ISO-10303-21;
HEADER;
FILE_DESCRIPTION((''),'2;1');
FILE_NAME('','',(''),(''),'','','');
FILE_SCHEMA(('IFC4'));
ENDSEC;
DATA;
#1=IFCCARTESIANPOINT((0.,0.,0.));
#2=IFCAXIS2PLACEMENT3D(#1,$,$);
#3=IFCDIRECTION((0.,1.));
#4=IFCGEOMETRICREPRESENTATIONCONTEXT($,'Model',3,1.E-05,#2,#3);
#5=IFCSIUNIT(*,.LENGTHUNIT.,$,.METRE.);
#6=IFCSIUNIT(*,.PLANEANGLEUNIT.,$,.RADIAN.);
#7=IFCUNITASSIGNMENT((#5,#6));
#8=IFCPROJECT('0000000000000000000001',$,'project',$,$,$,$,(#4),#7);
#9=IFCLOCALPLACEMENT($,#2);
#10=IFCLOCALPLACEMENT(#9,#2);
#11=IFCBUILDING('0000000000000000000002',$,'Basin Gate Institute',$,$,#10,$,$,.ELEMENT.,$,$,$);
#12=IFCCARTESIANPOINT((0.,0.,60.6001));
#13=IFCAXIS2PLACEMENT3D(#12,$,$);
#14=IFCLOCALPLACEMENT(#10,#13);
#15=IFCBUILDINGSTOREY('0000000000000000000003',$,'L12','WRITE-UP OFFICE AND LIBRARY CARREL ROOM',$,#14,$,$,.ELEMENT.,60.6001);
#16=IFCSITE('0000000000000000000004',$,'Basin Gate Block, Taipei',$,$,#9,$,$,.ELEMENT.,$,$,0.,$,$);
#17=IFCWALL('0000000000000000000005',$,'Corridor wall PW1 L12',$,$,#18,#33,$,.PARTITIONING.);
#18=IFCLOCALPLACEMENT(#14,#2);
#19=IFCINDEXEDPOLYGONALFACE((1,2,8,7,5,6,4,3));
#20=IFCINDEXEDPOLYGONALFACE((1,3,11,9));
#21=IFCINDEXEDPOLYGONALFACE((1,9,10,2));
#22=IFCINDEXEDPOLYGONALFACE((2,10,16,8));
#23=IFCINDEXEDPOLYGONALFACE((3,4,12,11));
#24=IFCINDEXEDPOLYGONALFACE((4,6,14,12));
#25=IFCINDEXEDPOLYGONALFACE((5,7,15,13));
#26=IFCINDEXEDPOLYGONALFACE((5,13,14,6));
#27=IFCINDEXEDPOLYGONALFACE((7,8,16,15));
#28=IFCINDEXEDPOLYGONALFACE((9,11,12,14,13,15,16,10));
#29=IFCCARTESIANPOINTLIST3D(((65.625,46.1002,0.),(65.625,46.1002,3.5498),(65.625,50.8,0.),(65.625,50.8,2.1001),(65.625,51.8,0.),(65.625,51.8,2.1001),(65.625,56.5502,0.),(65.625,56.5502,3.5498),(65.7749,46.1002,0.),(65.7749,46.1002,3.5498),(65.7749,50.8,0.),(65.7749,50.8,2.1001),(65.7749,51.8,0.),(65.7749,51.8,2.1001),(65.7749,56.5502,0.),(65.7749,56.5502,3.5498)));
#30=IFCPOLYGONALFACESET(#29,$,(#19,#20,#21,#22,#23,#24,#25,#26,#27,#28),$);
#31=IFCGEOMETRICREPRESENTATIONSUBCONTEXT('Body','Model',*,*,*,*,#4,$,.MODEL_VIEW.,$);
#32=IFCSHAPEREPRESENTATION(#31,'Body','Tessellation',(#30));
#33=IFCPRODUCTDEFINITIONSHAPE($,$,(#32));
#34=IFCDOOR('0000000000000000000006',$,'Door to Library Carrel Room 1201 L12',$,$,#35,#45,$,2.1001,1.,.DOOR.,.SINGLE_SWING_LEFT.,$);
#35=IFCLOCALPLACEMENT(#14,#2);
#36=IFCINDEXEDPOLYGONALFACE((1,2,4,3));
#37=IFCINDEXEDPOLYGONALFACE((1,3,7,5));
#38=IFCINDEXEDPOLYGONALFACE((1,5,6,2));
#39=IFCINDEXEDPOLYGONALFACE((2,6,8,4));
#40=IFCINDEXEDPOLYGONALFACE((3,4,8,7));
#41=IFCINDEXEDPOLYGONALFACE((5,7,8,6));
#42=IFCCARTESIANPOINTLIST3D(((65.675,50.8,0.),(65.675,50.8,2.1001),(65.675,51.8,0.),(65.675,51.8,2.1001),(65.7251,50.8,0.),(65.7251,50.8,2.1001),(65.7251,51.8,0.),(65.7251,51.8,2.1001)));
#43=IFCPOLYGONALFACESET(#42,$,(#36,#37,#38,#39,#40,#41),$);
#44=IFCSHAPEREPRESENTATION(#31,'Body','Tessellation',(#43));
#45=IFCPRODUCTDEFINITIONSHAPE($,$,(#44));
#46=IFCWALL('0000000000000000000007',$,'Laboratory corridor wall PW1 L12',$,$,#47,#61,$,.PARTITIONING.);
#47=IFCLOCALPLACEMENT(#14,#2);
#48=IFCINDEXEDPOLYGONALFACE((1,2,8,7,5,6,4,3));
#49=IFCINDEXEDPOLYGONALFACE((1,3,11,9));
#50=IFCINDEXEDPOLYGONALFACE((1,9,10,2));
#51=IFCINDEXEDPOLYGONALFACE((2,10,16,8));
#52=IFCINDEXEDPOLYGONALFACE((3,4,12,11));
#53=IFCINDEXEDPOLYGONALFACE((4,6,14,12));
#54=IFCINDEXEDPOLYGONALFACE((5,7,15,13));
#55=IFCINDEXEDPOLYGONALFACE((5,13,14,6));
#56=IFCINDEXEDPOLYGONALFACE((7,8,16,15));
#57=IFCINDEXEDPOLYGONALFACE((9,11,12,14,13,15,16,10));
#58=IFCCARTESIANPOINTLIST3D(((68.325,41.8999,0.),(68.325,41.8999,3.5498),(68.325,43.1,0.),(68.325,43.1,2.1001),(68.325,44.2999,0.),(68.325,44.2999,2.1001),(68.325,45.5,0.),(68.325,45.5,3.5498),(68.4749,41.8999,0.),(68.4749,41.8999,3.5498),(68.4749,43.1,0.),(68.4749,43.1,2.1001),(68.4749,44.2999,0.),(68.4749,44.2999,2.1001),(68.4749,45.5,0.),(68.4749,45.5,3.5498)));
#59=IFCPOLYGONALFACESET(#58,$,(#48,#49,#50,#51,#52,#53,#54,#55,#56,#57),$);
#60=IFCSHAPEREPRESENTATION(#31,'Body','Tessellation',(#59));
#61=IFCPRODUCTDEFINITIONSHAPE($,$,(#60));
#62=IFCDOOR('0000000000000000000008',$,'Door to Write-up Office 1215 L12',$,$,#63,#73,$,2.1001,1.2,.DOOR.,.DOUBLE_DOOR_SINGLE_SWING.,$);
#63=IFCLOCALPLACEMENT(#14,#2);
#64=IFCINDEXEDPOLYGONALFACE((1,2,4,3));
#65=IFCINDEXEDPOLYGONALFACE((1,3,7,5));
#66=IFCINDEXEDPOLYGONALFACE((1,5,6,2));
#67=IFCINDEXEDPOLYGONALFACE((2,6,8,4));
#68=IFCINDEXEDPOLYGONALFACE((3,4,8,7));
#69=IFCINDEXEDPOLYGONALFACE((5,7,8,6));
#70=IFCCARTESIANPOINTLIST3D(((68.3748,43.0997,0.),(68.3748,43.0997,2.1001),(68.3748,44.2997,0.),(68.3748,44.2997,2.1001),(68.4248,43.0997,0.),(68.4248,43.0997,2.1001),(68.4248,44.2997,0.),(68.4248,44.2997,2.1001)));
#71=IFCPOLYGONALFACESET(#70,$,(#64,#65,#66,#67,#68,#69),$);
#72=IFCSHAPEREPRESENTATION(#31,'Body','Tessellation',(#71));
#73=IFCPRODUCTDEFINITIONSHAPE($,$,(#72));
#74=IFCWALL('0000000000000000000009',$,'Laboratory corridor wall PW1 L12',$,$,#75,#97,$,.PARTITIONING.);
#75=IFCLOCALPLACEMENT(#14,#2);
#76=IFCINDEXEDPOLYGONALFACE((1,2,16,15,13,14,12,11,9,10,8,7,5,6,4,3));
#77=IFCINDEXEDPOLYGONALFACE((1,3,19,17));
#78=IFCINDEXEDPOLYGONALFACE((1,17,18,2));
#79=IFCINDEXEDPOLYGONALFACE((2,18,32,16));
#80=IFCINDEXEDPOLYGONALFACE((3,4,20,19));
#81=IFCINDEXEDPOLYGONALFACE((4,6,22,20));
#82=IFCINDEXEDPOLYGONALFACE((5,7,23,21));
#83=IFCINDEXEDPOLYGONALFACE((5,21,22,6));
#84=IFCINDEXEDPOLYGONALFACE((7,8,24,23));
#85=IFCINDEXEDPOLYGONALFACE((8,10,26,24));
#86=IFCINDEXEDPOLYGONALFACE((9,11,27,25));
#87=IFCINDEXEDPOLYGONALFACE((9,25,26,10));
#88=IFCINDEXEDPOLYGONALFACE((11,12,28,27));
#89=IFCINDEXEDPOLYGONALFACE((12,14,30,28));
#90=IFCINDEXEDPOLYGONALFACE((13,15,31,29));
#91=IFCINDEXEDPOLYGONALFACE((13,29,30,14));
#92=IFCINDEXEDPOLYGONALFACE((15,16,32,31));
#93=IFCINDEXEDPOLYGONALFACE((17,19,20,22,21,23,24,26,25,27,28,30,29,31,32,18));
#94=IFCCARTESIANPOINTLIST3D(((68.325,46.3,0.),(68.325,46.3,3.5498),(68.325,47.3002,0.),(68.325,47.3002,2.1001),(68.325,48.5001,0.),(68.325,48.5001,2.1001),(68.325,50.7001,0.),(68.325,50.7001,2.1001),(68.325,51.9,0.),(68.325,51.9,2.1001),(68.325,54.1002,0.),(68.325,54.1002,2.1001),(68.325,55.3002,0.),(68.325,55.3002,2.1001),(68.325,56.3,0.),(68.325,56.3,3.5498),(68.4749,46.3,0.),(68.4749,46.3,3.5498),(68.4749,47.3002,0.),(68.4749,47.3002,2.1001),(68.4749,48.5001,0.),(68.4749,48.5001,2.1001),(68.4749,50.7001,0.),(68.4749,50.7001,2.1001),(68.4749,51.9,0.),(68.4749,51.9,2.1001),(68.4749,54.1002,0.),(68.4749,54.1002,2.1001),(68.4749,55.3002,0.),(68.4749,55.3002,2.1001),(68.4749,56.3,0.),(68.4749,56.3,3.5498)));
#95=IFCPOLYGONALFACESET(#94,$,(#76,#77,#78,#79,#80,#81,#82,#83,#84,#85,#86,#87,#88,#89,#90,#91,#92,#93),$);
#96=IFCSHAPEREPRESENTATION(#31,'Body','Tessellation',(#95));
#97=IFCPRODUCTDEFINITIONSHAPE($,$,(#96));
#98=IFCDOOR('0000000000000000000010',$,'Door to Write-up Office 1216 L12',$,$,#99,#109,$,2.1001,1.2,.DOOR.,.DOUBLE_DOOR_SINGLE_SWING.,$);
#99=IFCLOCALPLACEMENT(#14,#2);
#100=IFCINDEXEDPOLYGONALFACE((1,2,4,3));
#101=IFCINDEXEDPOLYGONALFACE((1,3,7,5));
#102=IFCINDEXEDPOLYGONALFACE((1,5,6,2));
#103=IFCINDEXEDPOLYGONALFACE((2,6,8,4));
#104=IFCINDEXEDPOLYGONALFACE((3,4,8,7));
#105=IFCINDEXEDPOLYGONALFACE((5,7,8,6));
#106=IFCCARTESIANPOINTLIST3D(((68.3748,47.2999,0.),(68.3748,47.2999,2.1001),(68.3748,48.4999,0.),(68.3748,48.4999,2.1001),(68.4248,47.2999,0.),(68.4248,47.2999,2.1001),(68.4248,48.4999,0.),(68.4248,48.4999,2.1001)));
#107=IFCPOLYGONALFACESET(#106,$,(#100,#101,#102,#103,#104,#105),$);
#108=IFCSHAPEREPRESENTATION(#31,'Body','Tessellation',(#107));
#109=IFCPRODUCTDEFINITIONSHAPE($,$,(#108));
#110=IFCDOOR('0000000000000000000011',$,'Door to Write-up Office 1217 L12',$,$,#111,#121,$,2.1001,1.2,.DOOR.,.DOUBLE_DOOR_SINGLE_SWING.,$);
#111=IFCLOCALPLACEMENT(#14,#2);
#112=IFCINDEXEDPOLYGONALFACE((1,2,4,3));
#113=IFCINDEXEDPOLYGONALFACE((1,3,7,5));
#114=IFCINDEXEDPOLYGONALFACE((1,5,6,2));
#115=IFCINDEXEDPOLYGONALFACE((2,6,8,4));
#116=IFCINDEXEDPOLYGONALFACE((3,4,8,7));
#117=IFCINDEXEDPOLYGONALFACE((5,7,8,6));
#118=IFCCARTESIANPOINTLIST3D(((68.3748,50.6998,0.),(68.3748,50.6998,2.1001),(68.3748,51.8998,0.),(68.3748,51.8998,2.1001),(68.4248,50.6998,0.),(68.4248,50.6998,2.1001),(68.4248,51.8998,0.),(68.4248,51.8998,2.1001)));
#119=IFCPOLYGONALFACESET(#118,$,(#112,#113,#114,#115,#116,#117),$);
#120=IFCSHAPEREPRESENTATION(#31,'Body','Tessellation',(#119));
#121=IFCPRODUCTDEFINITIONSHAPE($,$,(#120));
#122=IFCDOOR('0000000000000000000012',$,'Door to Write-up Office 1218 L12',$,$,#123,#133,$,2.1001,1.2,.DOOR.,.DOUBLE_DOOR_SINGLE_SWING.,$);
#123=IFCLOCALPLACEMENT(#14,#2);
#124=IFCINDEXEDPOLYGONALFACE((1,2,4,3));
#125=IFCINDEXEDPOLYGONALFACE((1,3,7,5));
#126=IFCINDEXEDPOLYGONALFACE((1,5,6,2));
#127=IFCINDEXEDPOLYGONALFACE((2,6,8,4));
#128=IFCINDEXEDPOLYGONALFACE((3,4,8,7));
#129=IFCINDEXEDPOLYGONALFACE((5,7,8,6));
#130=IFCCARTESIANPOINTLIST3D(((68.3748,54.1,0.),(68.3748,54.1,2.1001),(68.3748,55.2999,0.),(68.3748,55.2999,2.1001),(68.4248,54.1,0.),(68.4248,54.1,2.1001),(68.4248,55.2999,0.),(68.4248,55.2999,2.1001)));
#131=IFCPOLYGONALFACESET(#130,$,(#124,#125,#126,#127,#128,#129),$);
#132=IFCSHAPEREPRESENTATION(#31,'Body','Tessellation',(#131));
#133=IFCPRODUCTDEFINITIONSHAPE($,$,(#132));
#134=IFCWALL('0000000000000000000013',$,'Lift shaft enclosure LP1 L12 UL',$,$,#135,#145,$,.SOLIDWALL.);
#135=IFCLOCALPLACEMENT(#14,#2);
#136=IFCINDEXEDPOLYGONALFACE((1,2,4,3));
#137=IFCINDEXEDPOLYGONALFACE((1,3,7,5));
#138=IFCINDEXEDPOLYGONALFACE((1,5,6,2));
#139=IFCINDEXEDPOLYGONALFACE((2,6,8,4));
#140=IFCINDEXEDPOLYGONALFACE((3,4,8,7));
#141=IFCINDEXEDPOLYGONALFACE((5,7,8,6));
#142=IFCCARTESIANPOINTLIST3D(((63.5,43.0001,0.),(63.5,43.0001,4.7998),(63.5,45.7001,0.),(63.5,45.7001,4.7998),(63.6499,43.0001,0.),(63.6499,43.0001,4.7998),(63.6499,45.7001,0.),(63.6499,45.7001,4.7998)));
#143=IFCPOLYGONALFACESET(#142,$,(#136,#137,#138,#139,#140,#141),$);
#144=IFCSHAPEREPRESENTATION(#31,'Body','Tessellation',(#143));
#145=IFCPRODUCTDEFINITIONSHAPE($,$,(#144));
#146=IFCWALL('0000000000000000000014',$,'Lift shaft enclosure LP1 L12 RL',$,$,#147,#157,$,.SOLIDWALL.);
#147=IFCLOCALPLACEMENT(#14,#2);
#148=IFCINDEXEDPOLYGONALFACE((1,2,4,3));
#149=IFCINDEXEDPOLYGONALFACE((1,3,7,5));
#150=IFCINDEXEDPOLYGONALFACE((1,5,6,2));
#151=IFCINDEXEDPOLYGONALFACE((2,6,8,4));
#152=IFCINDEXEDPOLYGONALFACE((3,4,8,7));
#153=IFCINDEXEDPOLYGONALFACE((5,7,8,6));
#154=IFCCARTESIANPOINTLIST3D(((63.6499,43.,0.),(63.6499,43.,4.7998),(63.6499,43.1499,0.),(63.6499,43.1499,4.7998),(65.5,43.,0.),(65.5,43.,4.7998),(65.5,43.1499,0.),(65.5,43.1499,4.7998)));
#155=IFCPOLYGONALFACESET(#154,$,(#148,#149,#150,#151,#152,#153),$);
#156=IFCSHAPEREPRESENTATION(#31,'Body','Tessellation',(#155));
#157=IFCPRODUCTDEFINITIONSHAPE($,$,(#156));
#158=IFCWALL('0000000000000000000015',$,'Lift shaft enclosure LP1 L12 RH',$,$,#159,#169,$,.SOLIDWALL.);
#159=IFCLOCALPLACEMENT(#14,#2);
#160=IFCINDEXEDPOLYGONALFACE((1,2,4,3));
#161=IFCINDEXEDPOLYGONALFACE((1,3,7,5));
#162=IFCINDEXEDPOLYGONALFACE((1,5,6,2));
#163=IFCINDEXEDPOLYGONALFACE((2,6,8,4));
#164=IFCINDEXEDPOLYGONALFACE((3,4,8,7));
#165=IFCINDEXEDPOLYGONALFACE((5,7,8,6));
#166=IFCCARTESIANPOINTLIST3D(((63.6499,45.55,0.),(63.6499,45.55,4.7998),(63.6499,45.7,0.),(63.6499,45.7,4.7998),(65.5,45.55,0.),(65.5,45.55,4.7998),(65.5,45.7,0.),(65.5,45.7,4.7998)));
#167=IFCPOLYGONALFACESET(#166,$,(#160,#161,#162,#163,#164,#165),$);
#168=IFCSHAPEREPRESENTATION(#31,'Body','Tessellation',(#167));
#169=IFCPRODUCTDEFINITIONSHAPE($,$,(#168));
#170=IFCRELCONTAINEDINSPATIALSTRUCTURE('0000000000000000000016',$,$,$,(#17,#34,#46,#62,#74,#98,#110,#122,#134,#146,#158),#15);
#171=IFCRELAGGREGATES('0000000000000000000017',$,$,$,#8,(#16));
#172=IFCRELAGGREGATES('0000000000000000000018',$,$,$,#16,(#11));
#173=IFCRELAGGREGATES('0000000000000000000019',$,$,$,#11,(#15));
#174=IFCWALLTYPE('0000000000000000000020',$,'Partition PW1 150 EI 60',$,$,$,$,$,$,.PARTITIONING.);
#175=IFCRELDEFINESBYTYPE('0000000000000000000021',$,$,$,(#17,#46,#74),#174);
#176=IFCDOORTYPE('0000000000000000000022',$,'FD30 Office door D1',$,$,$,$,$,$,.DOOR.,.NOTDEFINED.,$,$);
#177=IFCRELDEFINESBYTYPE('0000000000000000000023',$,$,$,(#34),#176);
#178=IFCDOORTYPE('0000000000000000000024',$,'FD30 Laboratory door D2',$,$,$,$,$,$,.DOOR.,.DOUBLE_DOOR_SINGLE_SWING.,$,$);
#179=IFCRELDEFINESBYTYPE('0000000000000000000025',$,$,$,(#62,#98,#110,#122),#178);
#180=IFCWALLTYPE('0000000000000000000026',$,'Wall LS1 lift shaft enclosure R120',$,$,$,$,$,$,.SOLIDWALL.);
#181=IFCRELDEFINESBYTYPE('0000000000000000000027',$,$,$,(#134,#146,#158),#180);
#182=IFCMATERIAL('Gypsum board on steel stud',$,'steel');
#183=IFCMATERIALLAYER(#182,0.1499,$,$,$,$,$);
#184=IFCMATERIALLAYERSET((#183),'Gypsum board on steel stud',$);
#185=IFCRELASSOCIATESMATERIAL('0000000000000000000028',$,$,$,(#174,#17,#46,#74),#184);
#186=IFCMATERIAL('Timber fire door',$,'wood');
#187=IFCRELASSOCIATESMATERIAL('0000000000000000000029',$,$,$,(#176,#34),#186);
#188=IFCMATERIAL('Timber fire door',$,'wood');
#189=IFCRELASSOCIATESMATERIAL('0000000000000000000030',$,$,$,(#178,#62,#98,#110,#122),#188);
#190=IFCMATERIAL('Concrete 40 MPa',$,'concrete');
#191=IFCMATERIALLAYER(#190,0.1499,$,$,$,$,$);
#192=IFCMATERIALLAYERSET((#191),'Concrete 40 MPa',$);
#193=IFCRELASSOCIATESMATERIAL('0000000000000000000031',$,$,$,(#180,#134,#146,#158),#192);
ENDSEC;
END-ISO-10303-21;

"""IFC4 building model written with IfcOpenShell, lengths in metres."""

from ifc_helpers import new_model, si_unit, direction, frame, frame_2d, origin, place, context, subcontext, project, spatial, rectangle, extrude, material, layer, layer_set, type_object, element, fill, save


model = new_model("IFC4")

# Units and contexts
model_context = context("Model", 3, precision=1e-05, world=origin(), true_north=direction((0.0, 1.0)))
body_context = subcontext(model_context, "Body", "Model", "MODEL_VIEW")
ifc_project = project(units=[si_unit("LENGTHUNIT", "METRE"), si_unit("PLANEANGLEUNIT", "RADIAN")], contexts=[model_context])

# Site, building, storey
site_placement = place(None, origin())
site = spatial("IfcSite", under=ifc_project, at=site_placement, Name="Basin Gate Block, Taipei", CompositionType="ELEMENT", RefElevation=0.0)
building_placement = place(site_placement, origin())
building = spatial("IfcBuilding", under=site, at=building_placement, Name="Basin Gate Institute", CompositionType="ELEMENT")
storey_placement = place(building_placement, frame((0.0, 0.0, 60.6001)))
storey = spatial("IfcBuildingStorey", under=building, at=storey_placement, Name="L12", Description="WRITE-UP OFFICE AND LIBRARY CARREL ROOM", CompositionType="ELEMENT", Elevation=60.6001)

# Walls, openings, doors
ifc_material_1 = material(Name="Gypsum board on steel stud", Category="steel")
ifc_layer_1 = layer(ifc_material_1, 0.1499)
ifc_layer_set_1 = layer_set([ifc_layer_1], Name="Gypsum board on steel stud")
wall_type_1 = type_object("IfcWallType", Name="Partition PW1 150 EI 60", PredefinedType="PARTITIONING", material=ifc_layer_set_1)
wall_1_placement = place(storey_placement, frame((65.7, 46.1001, 0.0), z_axis=(0.0, 0.0, 1.0), x_axis=(0.0, 1.0, 0.0)))
wall_1 = element("IfcWall", 1, at=wall_1_placement, inside=storey, type_object=wall_type_1, material=ifc_layer_set_1, Name="Corridor wall PW1 L12", PredefinedType="PARTITIONING", context=body_context, shape_type="SweptSolid", body=[
    extrude(rectangle(XDim=10.45, YDim=0.1499, at=frame_2d((5.2251, 0.0))), origin(), (0.0, 0.0, 1.0), 3.5498),
])
opening_1_placement = place(wall_1_placement, frame((4.7, 0.0, 0.0)))
opening_1 = element("IfcOpeningElement", 2, at=opening_1_placement, cuts=wall_1, PredefinedType="OPENING", context=body_context, shape_type="SweptSolid", body=[
    extrude(rectangle(XDim=1.0, YDim=2.1001, at=frame_2d((0.5, 1.05))), frame((0.0, 0.085, 0.0), z_axis=(0.0, -1.0, 0.0), x_axis=(1.0, 0.0, 0.0)), (0.0, 0.0, 1.0), 0.1699),
])
ifc_material_2 = material(Name="Timber fire door", Category="wood")
door_type_1 = type_object("IfcDoorType", Name="FD30 Office door D1", OperationType="NOTDEFINED", PredefinedType="DOOR", material=ifc_material_2)
door_1_placement = place(opening_1_placement, origin())
door_1 = element("IfcDoor", 3, at=door_1_placement, inside=storey, type_object=door_type_1, material=ifc_material_2, Name="Door to Library Carrel Room 1201 L12", OperationType="SINGLE_SWING_LEFT", OverallHeight=2.1001, OverallWidth=1.0, PredefinedType="DOOR", context=body_context, shape_type="SweptSolid", body=[
    extrude(rectangle(XDim=1.0, YDim=2.1001, at=frame_2d((0.5, 1.05))), frame((0.0, 0.0249, 0.0), z_axis=(0.0, -1.0, 0.0), x_axis=(1.0, 0.0, 0.0)), (0.0, 0.0, 1.0), 0.05),
])
fill(opening_1, door_1)
wall_2_placement = place(storey_placement, frame((68.3999, 41.8999, 0.0), z_axis=(0.0, 0.0, 1.0), x_axis=(0.0, 1.0, 0.0)))
wall_2 = element("IfcWall", 4, at=wall_2_placement, inside=storey, type_object=wall_type_1, material=ifc_layer_set_1, Name="Laboratory corridor wall PW1 L12", PredefinedType="PARTITIONING", context=body_context, shape_type="SweptSolid", body=[
    extrude(rectangle(XDim=3.6001, YDim=0.1499, at=frame_2d((1.8, 0.0))), origin(), (0.0, 0.0, 1.0), 3.5498),
])
opening_2_placement = place(wall_2_placement, frame((1.2, 0.0, 0.0)))
opening_2 = element("IfcOpeningElement", 5, at=opening_2_placement, cuts=wall_2, PredefinedType="OPENING", context=body_context, shape_type="SweptSolid", body=[
    extrude(rectangle(XDim=1.2, YDim=2.1001, at=frame_2d((0.6001, 1.05))), frame((0.0, 0.085, 0.0), z_axis=(0.0, -1.0, 0.0), x_axis=(1.0, 0.0, 0.0)), (0.0, 0.0, 1.0), 0.1699),
])
ifc_material_3 = material(Name="Timber fire door", Category="wood")
door_type_2 = type_object("IfcDoorType", Name="FD30 Laboratory door D2", OperationType="DOUBLE_DOOR_SINGLE_SWING", PredefinedType="DOOR", material=ifc_material_3)
door_2_placement = place(opening_2_placement, frame((1.2, 0.0, 0.0), z_axis=(0.0, 0.0, 1.0), x_axis=(-1.0, 0.0, 0.0)))
door_2 = element("IfcDoor", 6, at=door_2_placement, inside=storey, type_object=door_type_2, material=ifc_material_3, Name="Door to Write-up Office 1215 L12", OperationType="DOUBLE_DOOR_SINGLE_SWING", OverallHeight=2.1001, OverallWidth=1.2, PredefinedType="DOOR", context=body_context, shape_type="SweptSolid", body=[
    extrude(rectangle(XDim=1.2, YDim=2.1001, at=frame_2d((0.6001, 1.05))), frame((0.0, 0.0249, 0.0), z_axis=(0.0, -1.0, 0.0), x_axis=(1.0, 0.0, 0.0)), (0.0, 0.0, 1.0), 0.05),
])
fill(opening_2, door_2)

# Wall, openings, doors
wall_3_placement = place(storey_placement, frame((68.3999, 46.3, 0.0), z_axis=(0.0, 0.0, 1.0), x_axis=(0.0, 1.0, 0.0)))
wall_3 = element("IfcWall", 7, at=wall_3_placement, inside=storey, type_object=wall_type_1, material=ifc_layer_set_1, Name="Laboratory corridor wall PW1 L12", PredefinedType="PARTITIONING", context=body_context, shape_type="SweptSolid", body=[
    extrude(rectangle(XDim=10.0, YDim=0.1499, at=frame_2d((5.0, 0.0))), origin(), (0.0, 0.0, 1.0), 3.5498),
])
opening_3_placement = place(wall_3_placement, frame((1.0, 0.0, 0.0)))
opening_3 = element("IfcOpeningElement", 8, at=opening_3_placement, cuts=wall_3, PredefinedType="OPENING", context=body_context, shape_type="SweptSolid", body=[
    extrude(rectangle(XDim=1.2, YDim=2.1001, at=frame_2d((0.6001, 1.05))), frame((0.0, 0.085, 0.0), z_axis=(0.0, -1.0, 0.0), x_axis=(1.0, 0.0, 0.0)), (0.0, 0.0, 1.0), 0.1699),
])
opening_4_placement = place(wall_3_placement, frame((4.3999, 0.0, 0.0)))
opening_4 = element("IfcOpeningElement", 9, at=opening_4_placement, cuts=wall_3, PredefinedType="OPENING", context=body_context, shape_type="SweptSolid", body=[
    extrude(rectangle(XDim=1.2, YDim=2.1001, at=frame_2d((0.6001, 1.05))), frame((0.0, 0.085, 0.0), z_axis=(0.0, -1.0, 0.0), x_axis=(1.0, 0.0, 0.0)), (0.0, 0.0, 1.0), 0.1699),
])
opening_5_placement = place(wall_3_placement, frame((7.8, 0.0, 0.0)))
opening_5 = element("IfcOpeningElement", 10, at=opening_5_placement, cuts=wall_3, PredefinedType="OPENING", context=body_context, shape_type="SweptSolid", body=[
    extrude(rectangle(XDim=1.2, YDim=2.1001, at=frame_2d((0.6001, 1.05))), frame((0.0, 0.085, 0.0), z_axis=(0.0, -1.0, 0.0), x_axis=(1.0, 0.0, 0.0)), (0.0, 0.0, 1.0), 0.1699),
])
door_3_placement = place(opening_3_placement, frame((1.2, 0.0, 0.0), z_axis=(0.0, 0.0, 1.0), x_axis=(-1.0, 0.0, 0.0)))
door_3 = element("IfcDoor", 11, at=door_3_placement, inside=storey, type_object=door_type_2, material=ifc_material_3, Name="Door to Write-up Office 1216 L12", OperationType="DOUBLE_DOOR_SINGLE_SWING", OverallHeight=2.1001, OverallWidth=1.2, PredefinedType="DOOR", context=body_context, shape_type="SweptSolid", body=[
    extrude(rectangle(XDim=1.2, YDim=2.1001, at=frame_2d((0.6001, 1.05))), frame((0.0, 0.0249, 0.0), z_axis=(0.0, -1.0, 0.0), x_axis=(1.0, 0.0, 0.0)), (0.0, 0.0, 1.0), 0.05),
])
fill(opening_3, door_3)
door_4_placement = place(opening_4_placement, frame((1.2, 0.0, 0.0), z_axis=(0.0, 0.0, 1.0), x_axis=(-1.0, 0.0, 0.0)))
door_4 = element("IfcDoor", 12, at=door_4_placement, inside=storey, type_object=door_type_2, material=ifc_material_3, Name="Door to Write-up Office 1217 L12", OperationType="DOUBLE_DOOR_SINGLE_SWING", OverallHeight=2.1001, OverallWidth=1.2, PredefinedType="DOOR", context=body_context, shape_type="SweptSolid", body=[
    extrude(rectangle(XDim=1.2, YDim=2.1001, at=frame_2d((0.6001, 1.05))), frame((0.0, 0.0249, 0.0), z_axis=(0.0, -1.0, 0.0), x_axis=(1.0, 0.0, 0.0)), (0.0, 0.0, 1.0), 0.05),
])
fill(opening_4, door_4)
door_5_placement = place(opening_5_placement, frame((1.2, 0.0, 0.0), z_axis=(0.0, 0.0, 1.0), x_axis=(-1.0, 0.0, 0.0)))
door_5 = element("IfcDoor", 13, at=door_5_placement, inside=storey, type_object=door_type_2, material=ifc_material_3, Name="Door to Write-up Office 1218 L12", OperationType="DOUBLE_DOOR_SINGLE_SWING", OverallHeight=2.1001, OverallWidth=1.2, PredefinedType="DOOR", context=body_context, shape_type="SweptSolid", body=[
    extrude(rectangle(XDim=1.2, YDim=2.1001, at=frame_2d((0.6001, 1.05))), frame((0.0, 0.0249, 0.0), z_axis=(0.0, -1.0, 0.0), x_axis=(1.0, 0.0, 0.0)), (0.0, 0.0, 1.0), 0.05),
])
fill(opening_5, door_5)

# Walls
ifc_material_4 = material(Name="Concrete 40 MPa", Category="concrete")
ifc_layer_2 = layer(ifc_material_4, 0.1499)
ifc_layer_set_2 = layer_set([ifc_layer_2], Name="Concrete 40 MPa")
wall_type_2 = type_object("IfcWallType", Name="Wall LS1 lift shaft enclosure R120", PredefinedType="SOLIDWALL", material=ifc_layer_set_2)
wall_4_placement = place(storey_placement, frame((63.575, 43.0, 0.0), z_axis=(0.0, 0.0, 1.0), x_axis=(0.0, 1.0, 0.0)))
element("IfcWall", 14, at=wall_4_placement, inside=storey, type_object=wall_type_2, material=ifc_layer_set_2, Name="Lift shaft enclosure LP1 L12 UL", PredefinedType="SOLIDWALL", context=body_context, shape_type="SweptSolid", body=[
    extrude(rectangle(XDim=2.7, YDim=0.1499, at=frame_2d((1.3501, 0.0))), origin(), (0.0, 0.0, 1.0), 4.7998),
])
for number, where, z_axis, x_axis, name in (
    (15, (63.6499, 43.075, 0.0), (0.0, 0.0, 1.0), (1.0, 0.0, 0.0), "Lift shaft enclosure LP1 L12 RL"),
    (16, (63.6499, 45.625, 0.0), (0.0, 0.0, 1.0), (1.0, 0.0, 0.0), "Lift shaft enclosure LP1 L12 RH"),
):
    element("IfcWall", number, at=place(storey_placement, frame(where, z_axis=z_axis, x_axis=x_axis)), inside=storey, type_object=wall_type_2, material=ifc_layer_set_2, Name=name, PredefinedType="SOLIDWALL", context=body_context, shape_type="SweptSolid", body=[
        extrude(rectangle(XDim=1.8501, YDim=0.1499, at=frame_2d((0.925, 0.0))), origin(), (0.0, 0.0, 1.0), 4.7998),
    ])

save(model, "model.ifc")
